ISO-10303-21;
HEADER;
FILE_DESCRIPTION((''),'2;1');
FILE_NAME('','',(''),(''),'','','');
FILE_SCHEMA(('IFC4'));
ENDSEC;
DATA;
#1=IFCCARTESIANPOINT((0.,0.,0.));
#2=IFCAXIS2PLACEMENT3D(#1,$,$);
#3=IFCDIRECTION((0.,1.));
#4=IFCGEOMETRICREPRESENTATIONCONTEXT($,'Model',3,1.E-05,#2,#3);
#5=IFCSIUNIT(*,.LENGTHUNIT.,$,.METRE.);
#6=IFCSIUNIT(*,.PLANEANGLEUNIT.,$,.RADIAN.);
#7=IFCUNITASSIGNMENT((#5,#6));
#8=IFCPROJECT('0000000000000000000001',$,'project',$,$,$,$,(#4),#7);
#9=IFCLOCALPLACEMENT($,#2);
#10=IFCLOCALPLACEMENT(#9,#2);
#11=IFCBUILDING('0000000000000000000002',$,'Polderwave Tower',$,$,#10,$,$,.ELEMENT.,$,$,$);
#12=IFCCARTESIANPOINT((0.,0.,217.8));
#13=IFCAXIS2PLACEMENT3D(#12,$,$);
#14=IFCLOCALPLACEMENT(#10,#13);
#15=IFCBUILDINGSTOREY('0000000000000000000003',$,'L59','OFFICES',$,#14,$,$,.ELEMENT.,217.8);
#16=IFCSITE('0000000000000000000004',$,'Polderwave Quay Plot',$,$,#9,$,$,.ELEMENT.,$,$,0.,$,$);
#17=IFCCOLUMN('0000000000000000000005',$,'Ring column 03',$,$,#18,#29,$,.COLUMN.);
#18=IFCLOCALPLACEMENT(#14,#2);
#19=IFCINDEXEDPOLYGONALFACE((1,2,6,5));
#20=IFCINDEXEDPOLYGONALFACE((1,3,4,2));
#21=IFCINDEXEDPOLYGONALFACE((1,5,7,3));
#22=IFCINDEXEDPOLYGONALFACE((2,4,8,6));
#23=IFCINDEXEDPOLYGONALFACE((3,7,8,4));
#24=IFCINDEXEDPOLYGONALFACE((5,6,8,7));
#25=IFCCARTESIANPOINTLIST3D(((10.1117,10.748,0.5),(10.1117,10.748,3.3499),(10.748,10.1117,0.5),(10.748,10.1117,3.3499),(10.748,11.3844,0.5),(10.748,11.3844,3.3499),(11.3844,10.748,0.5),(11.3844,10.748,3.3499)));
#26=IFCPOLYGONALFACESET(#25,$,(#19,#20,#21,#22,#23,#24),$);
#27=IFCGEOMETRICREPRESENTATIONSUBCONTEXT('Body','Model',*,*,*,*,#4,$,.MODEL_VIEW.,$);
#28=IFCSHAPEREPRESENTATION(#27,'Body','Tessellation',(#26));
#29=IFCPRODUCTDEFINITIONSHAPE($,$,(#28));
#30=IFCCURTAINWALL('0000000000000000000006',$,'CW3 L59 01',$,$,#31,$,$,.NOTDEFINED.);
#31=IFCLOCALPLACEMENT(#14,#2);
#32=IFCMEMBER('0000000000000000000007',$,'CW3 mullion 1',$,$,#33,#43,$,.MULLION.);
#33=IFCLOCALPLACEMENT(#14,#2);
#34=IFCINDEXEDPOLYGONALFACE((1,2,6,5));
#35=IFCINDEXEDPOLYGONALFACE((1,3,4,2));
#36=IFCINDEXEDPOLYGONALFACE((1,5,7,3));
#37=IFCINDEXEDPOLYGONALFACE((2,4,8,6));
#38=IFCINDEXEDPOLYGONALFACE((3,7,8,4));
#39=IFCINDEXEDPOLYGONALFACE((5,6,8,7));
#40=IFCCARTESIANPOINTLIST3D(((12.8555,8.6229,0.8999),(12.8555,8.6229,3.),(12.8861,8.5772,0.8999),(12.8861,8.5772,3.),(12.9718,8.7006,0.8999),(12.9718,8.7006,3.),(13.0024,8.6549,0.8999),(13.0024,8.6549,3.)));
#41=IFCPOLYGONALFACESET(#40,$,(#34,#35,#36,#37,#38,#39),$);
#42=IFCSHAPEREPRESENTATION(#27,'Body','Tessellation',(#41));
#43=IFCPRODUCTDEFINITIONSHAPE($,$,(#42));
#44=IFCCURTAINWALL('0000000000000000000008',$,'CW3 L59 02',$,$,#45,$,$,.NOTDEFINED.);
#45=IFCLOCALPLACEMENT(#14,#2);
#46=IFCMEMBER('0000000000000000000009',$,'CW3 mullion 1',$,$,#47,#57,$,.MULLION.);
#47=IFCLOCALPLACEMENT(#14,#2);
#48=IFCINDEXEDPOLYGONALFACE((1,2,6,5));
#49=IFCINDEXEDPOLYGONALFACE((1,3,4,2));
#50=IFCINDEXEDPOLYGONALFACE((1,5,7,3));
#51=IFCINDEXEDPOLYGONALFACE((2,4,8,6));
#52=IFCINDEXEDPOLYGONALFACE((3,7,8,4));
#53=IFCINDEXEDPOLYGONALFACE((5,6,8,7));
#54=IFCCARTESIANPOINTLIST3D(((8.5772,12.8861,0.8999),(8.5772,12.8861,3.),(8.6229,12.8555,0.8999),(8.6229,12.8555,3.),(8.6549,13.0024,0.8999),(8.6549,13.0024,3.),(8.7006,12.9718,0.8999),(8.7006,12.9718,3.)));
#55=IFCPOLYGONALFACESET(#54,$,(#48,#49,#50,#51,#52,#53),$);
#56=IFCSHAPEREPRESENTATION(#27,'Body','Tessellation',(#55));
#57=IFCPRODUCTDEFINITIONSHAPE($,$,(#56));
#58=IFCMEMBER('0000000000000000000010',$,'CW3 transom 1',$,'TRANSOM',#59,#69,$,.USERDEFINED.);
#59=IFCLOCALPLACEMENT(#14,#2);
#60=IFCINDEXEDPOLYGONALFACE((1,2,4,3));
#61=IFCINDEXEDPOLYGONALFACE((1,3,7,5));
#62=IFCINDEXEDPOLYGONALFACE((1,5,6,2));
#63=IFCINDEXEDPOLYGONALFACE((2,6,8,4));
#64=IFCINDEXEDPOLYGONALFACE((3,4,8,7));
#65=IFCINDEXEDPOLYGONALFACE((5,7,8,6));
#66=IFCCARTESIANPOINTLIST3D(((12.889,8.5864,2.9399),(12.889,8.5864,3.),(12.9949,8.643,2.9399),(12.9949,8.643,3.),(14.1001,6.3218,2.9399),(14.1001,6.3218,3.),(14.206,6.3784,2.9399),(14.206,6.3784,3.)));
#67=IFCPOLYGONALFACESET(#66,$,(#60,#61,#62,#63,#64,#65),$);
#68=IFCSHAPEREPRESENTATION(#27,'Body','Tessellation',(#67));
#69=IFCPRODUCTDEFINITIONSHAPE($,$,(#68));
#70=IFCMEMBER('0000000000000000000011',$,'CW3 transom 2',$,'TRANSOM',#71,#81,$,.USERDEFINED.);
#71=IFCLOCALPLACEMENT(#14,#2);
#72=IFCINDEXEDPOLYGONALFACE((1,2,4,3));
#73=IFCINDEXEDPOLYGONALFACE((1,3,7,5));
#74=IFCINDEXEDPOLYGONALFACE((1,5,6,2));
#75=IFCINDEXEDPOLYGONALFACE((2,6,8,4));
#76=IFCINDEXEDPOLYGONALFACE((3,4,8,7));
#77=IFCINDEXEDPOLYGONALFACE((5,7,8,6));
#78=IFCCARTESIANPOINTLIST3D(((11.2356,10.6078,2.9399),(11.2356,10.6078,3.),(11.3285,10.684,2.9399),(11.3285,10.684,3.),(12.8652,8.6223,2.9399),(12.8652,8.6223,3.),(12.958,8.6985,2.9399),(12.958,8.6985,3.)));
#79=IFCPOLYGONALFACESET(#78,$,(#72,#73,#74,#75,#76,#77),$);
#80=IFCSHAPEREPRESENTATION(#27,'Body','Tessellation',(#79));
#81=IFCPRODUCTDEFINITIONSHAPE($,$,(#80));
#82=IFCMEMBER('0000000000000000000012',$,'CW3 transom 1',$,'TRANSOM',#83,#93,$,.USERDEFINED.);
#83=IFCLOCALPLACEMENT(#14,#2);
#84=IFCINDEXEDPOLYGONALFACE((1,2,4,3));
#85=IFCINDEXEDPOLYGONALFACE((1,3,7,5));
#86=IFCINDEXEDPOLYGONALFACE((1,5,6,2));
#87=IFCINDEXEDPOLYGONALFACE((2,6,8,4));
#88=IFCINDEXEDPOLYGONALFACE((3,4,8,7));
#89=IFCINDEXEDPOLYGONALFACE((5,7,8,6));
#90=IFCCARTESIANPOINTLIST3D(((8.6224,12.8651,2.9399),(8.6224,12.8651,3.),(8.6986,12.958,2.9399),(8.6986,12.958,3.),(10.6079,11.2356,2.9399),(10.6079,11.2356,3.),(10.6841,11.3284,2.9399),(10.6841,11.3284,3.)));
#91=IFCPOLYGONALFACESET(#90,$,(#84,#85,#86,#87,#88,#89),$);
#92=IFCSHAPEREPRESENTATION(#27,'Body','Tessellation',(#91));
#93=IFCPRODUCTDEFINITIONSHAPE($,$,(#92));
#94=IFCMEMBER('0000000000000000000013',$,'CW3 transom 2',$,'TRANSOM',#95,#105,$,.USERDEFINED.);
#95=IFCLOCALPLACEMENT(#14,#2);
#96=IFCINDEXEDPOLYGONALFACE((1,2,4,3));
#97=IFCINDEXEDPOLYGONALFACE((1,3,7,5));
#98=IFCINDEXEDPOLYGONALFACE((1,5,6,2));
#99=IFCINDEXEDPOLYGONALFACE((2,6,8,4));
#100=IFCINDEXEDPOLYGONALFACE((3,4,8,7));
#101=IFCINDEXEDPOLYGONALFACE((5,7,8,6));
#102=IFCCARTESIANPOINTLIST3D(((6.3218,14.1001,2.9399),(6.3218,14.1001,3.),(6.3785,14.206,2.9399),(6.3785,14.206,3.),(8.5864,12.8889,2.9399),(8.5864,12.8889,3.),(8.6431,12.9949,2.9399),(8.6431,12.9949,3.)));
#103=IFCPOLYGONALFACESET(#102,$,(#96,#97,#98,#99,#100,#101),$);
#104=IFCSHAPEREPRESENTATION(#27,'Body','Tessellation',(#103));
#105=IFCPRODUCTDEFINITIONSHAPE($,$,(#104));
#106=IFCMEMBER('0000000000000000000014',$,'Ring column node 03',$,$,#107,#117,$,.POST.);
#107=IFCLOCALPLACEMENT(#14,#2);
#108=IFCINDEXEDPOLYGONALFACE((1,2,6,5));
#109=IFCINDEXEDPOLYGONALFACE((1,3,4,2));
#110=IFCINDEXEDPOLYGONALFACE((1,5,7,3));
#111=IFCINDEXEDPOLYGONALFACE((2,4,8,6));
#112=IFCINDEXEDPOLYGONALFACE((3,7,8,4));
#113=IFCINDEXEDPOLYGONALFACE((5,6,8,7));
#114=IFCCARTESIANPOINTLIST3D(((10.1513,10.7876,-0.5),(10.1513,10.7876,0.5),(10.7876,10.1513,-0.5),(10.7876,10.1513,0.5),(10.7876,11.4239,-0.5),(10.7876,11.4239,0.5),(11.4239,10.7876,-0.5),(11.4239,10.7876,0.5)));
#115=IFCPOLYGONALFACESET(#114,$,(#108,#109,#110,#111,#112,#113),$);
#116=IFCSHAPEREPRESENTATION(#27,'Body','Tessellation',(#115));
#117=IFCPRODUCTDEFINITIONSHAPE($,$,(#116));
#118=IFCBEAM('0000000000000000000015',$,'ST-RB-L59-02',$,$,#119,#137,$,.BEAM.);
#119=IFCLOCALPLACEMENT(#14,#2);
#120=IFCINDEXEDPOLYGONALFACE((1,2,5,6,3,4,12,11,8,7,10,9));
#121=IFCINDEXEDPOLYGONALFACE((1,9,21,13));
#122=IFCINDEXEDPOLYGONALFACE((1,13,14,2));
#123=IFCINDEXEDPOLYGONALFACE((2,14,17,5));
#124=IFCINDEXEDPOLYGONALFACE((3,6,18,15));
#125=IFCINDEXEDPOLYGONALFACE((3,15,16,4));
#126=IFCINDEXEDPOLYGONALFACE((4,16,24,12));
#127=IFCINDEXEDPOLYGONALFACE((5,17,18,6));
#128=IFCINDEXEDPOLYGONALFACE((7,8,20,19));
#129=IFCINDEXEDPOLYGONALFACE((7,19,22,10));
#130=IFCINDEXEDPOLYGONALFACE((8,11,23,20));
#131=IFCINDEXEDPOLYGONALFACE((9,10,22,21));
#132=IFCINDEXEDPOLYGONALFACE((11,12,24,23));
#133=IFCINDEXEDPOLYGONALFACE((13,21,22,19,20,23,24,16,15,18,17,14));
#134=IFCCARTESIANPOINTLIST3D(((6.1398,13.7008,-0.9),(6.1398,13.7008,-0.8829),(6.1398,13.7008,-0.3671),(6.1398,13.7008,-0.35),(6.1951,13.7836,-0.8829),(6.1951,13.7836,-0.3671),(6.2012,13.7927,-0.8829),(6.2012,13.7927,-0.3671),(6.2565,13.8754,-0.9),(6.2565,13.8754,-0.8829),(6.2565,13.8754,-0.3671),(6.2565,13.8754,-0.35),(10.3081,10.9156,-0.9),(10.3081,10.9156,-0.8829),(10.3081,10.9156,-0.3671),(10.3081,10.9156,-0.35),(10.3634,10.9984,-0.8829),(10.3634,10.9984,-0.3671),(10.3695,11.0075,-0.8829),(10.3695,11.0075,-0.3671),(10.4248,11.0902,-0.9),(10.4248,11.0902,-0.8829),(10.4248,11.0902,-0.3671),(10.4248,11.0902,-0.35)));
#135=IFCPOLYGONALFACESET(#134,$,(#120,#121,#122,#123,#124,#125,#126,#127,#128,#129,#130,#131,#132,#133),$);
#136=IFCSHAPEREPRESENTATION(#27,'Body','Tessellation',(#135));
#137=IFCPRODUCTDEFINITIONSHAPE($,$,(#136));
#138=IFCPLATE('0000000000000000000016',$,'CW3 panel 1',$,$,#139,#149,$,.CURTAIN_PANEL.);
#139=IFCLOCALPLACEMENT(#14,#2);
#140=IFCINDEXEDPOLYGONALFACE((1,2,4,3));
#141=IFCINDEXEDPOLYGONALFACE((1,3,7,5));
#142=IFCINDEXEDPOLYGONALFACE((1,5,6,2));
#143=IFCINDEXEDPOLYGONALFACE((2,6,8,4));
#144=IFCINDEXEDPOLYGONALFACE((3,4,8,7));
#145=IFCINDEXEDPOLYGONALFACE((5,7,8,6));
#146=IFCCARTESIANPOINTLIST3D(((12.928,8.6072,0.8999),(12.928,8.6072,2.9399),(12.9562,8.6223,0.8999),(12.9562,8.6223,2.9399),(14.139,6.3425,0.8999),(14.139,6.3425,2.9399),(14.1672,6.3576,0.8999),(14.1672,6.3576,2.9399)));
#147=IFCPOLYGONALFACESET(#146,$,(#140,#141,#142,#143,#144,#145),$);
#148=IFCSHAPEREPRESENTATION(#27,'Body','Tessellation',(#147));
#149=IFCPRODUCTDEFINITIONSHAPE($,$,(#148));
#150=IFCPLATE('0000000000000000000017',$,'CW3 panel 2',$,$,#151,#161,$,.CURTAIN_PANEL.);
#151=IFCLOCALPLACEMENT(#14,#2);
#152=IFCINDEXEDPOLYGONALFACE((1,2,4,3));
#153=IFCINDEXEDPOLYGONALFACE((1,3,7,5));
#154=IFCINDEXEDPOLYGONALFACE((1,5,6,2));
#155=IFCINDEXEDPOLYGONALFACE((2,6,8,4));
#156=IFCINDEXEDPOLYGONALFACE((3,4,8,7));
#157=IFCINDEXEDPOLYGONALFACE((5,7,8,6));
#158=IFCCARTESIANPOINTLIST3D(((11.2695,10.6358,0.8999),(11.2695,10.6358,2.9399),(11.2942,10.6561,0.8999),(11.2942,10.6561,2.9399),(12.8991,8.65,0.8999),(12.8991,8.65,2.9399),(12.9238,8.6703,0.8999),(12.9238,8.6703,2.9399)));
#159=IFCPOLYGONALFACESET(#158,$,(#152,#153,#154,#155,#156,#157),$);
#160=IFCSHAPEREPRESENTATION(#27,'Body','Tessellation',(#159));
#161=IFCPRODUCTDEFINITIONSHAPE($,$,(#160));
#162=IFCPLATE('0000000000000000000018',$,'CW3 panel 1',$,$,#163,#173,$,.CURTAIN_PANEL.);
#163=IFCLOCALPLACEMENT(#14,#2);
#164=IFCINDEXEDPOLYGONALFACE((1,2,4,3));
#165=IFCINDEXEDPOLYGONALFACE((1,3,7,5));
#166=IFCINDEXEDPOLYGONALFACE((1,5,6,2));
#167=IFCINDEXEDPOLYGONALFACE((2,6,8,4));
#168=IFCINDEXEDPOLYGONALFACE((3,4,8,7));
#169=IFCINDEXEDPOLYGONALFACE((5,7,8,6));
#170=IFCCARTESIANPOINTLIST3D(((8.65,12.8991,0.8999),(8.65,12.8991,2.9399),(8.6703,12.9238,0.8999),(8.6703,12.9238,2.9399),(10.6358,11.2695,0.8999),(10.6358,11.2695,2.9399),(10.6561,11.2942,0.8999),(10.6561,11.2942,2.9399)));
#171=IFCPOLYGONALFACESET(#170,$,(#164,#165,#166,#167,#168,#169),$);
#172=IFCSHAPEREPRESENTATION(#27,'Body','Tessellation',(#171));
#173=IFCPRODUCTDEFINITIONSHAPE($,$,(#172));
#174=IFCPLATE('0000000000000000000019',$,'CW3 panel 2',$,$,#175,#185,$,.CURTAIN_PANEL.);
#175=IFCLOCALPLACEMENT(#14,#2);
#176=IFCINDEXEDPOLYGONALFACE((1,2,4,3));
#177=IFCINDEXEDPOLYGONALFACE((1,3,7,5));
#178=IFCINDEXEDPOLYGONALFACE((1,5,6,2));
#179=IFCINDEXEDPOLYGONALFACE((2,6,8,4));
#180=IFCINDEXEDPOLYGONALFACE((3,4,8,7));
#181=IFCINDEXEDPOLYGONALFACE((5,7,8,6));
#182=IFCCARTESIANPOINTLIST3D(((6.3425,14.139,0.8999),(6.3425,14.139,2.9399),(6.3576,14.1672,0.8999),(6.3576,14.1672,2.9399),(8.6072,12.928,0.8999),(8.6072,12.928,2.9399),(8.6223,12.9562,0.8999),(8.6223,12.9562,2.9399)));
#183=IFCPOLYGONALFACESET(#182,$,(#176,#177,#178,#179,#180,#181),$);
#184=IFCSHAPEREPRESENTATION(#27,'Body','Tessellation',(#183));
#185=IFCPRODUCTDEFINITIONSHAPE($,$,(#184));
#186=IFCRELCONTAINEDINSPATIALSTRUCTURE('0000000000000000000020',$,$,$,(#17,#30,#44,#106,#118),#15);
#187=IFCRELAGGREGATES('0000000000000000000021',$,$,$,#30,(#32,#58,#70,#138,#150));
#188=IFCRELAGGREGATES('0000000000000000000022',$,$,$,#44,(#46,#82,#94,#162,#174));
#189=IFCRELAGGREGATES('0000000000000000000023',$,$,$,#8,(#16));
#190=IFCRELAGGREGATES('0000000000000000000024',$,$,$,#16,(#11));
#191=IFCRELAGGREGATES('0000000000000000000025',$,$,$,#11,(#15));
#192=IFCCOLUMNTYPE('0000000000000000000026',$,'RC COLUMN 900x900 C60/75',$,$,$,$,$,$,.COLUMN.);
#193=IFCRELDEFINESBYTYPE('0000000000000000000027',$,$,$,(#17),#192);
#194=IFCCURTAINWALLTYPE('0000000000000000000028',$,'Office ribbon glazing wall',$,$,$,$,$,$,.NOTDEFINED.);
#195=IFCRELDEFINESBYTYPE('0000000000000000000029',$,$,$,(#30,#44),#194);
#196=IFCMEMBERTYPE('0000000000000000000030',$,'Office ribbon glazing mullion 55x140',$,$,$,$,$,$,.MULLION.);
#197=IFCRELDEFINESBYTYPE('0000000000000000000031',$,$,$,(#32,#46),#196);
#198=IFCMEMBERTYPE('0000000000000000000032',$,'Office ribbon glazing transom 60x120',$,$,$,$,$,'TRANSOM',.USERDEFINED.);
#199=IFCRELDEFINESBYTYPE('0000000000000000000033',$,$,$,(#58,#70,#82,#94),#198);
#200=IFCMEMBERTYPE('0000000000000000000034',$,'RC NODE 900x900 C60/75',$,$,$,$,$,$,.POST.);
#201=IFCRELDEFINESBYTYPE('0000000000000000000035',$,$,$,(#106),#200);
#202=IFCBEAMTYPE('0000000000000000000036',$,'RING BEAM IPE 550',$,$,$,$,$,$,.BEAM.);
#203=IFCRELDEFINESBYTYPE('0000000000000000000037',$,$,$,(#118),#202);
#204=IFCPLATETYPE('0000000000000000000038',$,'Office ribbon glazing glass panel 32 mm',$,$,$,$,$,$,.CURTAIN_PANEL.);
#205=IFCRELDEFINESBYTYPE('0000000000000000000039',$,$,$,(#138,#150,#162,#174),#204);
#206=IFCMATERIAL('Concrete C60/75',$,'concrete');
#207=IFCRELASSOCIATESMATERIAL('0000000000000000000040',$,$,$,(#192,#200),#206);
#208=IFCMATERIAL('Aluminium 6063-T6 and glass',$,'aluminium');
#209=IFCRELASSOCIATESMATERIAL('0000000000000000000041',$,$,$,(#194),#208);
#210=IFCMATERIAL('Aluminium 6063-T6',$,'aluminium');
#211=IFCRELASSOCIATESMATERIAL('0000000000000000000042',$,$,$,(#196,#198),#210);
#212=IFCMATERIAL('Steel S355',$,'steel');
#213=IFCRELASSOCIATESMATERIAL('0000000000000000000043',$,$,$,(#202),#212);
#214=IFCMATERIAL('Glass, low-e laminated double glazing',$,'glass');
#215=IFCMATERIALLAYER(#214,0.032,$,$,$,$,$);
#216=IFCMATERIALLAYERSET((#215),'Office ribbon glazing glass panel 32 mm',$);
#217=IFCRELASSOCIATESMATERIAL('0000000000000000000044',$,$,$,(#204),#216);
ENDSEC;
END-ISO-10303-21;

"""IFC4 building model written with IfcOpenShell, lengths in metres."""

from ifc_helpers import new_model, si_unit, direction, frame, origin, origin_2d, place, context, subcontext, project, spatial, rectangle, i_section, extrude, material, layer, layer_set, material_profile, profile_set, type_object, element, aggregate, save


model = new_model("IFC4")

# Units and contexts
model_context = context("Model", 3, precision=1e-05, world=origin(), true_north=direction((0.0, 1.0)))
body_context = subcontext(model_context, "Body", "Model", "MODEL_VIEW")
ifc_project = project(units=[si_unit("LENGTHUNIT", "METRE"), si_unit("PLANEANGLEUNIT", "RADIAN")], contexts=[model_context])

# Site, building, storey
site_placement = place(None, origin())
site = spatial("IfcSite", under=ifc_project, at=site_placement, Name="Polderwave Quay Plot", CompositionType="ELEMENT", RefElevation=0.0)
building_placement = place(site_placement, origin())
building = spatial("IfcBuilding", under=site, at=building_placement, Name="Polderwave Tower", CompositionType="ELEMENT")
storey_placement = place(building_placement, frame((0.0, 0.0, 217.8)))
storey = spatial("IfcBuildingStorey", under=building, at=storey_placement, Name="L59", Description="OFFICES", CompositionType="ELEMENT", Elevation=217.8)

# Column
ifc_material_1 = material(Name="Concrete C60/75", Category="concrete")
ifc_material_profile_1 = material_profile(ifc_material_1, rectangle(XDim=0.8999, YDim=0.8999, at=origin_2d()), Name="RC 900x900")
ifc_profile_set_1 = profile_set([ifc_material_profile_1], Name="Concrete C60/75")
column_type = type_object("IfcColumnType", Name="RC COLUMN 900x900 C60/75", PredefinedType="COLUMN", material=ifc_profile_set_1)
column_placement = place(storey_placement, frame((10.748, 10.748, 0.5), z_axis=(0.0, 0.0, 1.0), x_axis=(0.707107, 0.707107, 0.0)))
element("IfcColumn", 1, at=column_placement, inside=storey, type_object=column_type, Name="Ring column 03", PredefinedType="COLUMN", context=body_context, shape_type="SweptSolid", body=[
    extrude(rectangle(XDim=0.8999, YDim=0.8999, at=origin_2d()), origin(), (0.0, 0.0, 1.0), 2.8499),
])

# Curtain walls, members
ifc_material_2 = material(Name="Aluminium 6063-T6 and glass", Category="aluminium")
curtain_wall_type = type_object("IfcCurtainWallType", Name="Office ribbon glazing wall", PredefinedType="NOTDEFINED", material=ifc_material_2)
curtain_wall_1_placement = place(storey_placement, origin())
curtain_wall_1 = element("IfcCurtainWall", 2, at=curtain_wall_1_placement, inside=storey, type_object=curtain_wall_type, Name="CW3 L59 01", PredefinedType="NOTDEFINED")
ifc_material_3 = material(Name="Aluminium 6063-T6", Category="aluminium")
ifc_material_profile_2 = material_profile(ifc_material_3, rectangle(XDim=0.1399, YDim=0.0549, at=origin_2d()), Name="AL 55x140")
ifc_profile_set_2 = profile_set([ifc_material_profile_2], Name="Aluminium 6063-T6")
member_type_1 = type_object("IfcMemberType", Name="Office ribbon glazing mullion 55x140", PredefinedType="MULLION", material=ifc_profile_set_2)
member_1_placement = place(storey_placement, frame((12.929, 8.6389, 0.8999), z_axis=(0.0, 0.0, 1.0), x_axis=(-0.831431, -0.555628, 0.0)))
member_1 = element("IfcMember", 3, at=member_1_placement, type_object=member_type_1, Name="CW3 mullion 1", PredefinedType="MULLION", context=body_context, shape_type="SweptSolid", body=[
    extrude(rectangle(XDim=0.1399, YDim=0.0549, at=origin_2d()), origin(), (0.0, 0.0, 1.0), 2.1001),
])
curtain_wall_2_placement = place(storey_placement, origin())
curtain_wall_2 = element("IfcCurtainWall", 4, at=curtain_wall_2_placement, inside=storey, type_object=curtain_wall_type, Name="CW3 L59 02", PredefinedType="NOTDEFINED")
member_2_placement = place(storey_placement, frame((8.6389, 12.929, 0.8999), z_axis=(0.0, 0.0, 1.0), x_axis=(-0.555628, -0.831431, 0.0)))
member_2 = element("IfcMember", 5, at=member_2_placement, type_object=member_type_1, Name="CW3 mullion 1", PredefinedType="MULLION", context=body_context, shape_type="SweptSolid", body=[
    extrude(rectangle(XDim=0.1399, YDim=0.0549, at=origin_2d()), origin(), (0.0, 0.0, 1.0), 2.1001),
])

# Members
ifc_material_profile_3 = material_profile(ifc_material_3, rectangle(XDim=0.1201, YDim=0.0601, at=origin_2d()), Name="AL 60x120")
ifc_profile_set_3 = profile_set([ifc_material_profile_3], Name="Aluminium 6063-T6")
member_type_2 = type_object("IfcMemberType", Name="Office ribbon glazing transom 60x120", ElementType="TRANSOM", PredefinedType="USERDEFINED", material=ifc_profile_set_3)
member_3_placement = place(storey_placement, frame((14.1531, 6.3501, 2.97), z_axis=(-0.471609, 0.881808, 0.0), x_axis=(-0.881808, -0.471609, 0.0)))
member_3 = element("IfcMember", 6, at=member_3_placement, type_object=member_type_2, Name="CW3 transom 1", ObjectType="TRANSOM", PredefinedType="USERDEFINED", context=body_context, shape_type="SweptSolid", body=[
    extrude(rectangle(XDim=0.1201, YDim=0.0601, at=origin_2d()), origin(), (0.0, 0.0, 1.0), 2.5681),
])
member_4_placement = place(storey_placement, frame((12.9116, 8.6604, 2.97), z_axis=(-0.634417, 0.772991, 0.0), x_axis=(-0.772991, -0.634417, 0.0)))
member_4 = element("IfcMember", 7, at=member_4_placement, type_object=member_type_2, Name="CW3 transom 2", ObjectType="TRANSOM", PredefinedType="USERDEFINED", context=body_context, shape_type="SweptSolid", body=[
    extrude(rectangle(XDim=0.1201, YDim=0.0601, at=origin_2d()), origin(), (0.0, 0.0, 1.0), 2.5686),
])
member_5_placement = place(storey_placement, frame((10.646, 11.282, 2.97), z_axis=(-0.772991, 0.634417, 0.0), x_axis=(-0.634417, -0.772991, 0.0)))
member_5 = element("IfcMember", 8, at=member_5_placement, type_object=member_type_2, Name="CW3 transom 1", ObjectType="TRANSOM", PredefinedType="USERDEFINED", context=body_context, shape_type="SweptSolid", body=[
    extrude(rectangle(XDim=0.1201, YDim=0.0601, at=origin_2d()), origin(), (0.0, 0.0, 1.0), 2.5686),
])
member_6_placement = place(storey_placement, frame((8.6147, 12.9419, 2.97), z_axis=(-0.881808, 0.471609, 0.0), x_axis=(-0.471609, -0.881808, 0.0)))
member_6 = element("IfcMember", 9, at=member_6_placement, type_object=member_type_2, Name="CW3 transom 2", ObjectType="TRANSOM", PredefinedType="USERDEFINED", context=body_context, shape_type="SweptSolid", body=[
    extrude(rectangle(XDim=0.1201, YDim=0.0601, at=origin_2d()), origin(), (0.0, 0.0, 1.0), 2.5681),
])
ifc_material_profile_4 = material_profile(ifc_material_1, rectangle(XDim=0.8999, YDim=0.8999, at=origin_2d()), Name="RC 900x900")
ifc_profile_set_4 = profile_set([ifc_material_profile_4], Name="Concrete C60/75")
member_type_3 = type_object("IfcMemberType", Name="RC NODE 900x900 C60/75", PredefinedType="POST", material=ifc_profile_set_4)
member_7_placement = place(storey_placement, frame((10.7876, 10.7876, -0.5), z_axis=(0.0, 0.0, 1.0), x_axis=(0.707107, 0.707107, 0.0)))
element("IfcMember", 10, at=member_7_placement, inside=storey, type_object=member_type_3, Name="Ring column node 03", PredefinedType="POST", context=body_context, shape_type="SweptSolid", body=[
    extrude(rectangle(XDim=0.8999, YDim=0.8999, at=origin_2d()), origin(), (0.0, 0.0, 1.0), 1.0),
])

# Beam
ifc_material_4 = material(Name="Steel S355", Category="steel")
ifc_material_profile_5 = material_profile(ifc_material_4, i_section(OverallWidth=0.21, OverallDepth=0.55, WebThickness=0.011, FlangeThickness=0.0171, at=origin_2d()), Name="IPE 550")
ifc_profile_set_5 = profile_set([ifc_material_profile_5], Name="Steel S355")
beam_type = type_object("IfcBeamType", Name="RING BEAM IPE 550", PredefinedType="BEAM", material=ifc_profile_set_5)
beam_placement = place(storey_placement, frame((10.3665, 11.0029, -0.625), z_axis=(-0.831465, 0.555576, 0.0), x_axis=(-0.555576, -0.831465, 0.0)))
element("IfcBeam", 11, at=beam_placement, inside=storey, type_object=beam_type, Name="ST-RB-L59-02", PredefinedType="BEAM", context=body_context, shape_type="SweptSolid", body=[
    extrude(i_section(OverallWidth=0.21, OverallDepth=0.55, WebThickness=0.011, FlangeThickness=0.0171, at=origin_2d()), origin(), (0.0, 0.0, 1.0), 5.0132),
])

# Plates
ifc_material_5 = material(Name="Glass, low-e laminated double glazing", Category="glass")
ifc_layer_1 = layer(ifc_material_5, 0.032)
ifc_layer_set_1 = layer_set([ifc_layer_1], Name="Office ribbon glazing glass panel 32 mm")
plate_type = type_object("IfcPlateType", Name="Office ribbon glazing glass panel 32 mm", PredefinedType="CURTAIN_PANEL", material=ifc_layer_set_1)
plate_1_placement = place(storey_placement, frame((13.5476, 7.4824, 0.8999), z_axis=(0.0, 0.0, 1.0), x_axis=(-0.471548, 0.881841, 0.0)))
plate_1 = element("IfcPlate", 12, at=plate_1_placement, type_object=plate_type, Name="CW3 panel 1", PredefinedType="CURTAIN_PANEL", context=body_context, shape_type="SweptSolid", body=[
    extrude(rectangle(XDim=2.5681, YDim=0.032, at=origin_2d()), origin(), (0.0, 0.0, 1.0), 2.04),
])
plate_2_placement = place(storey_placement, frame((12.0967, 9.6531, 0.8999), z_axis=(0.0, 0.0, 1.0), x_axis=(-0.63437, 0.773029, 0.0)))
plate_2 = element("IfcPlate", 13, at=plate_2_placement, type_object=plate_type, Name="CW3 panel 2", PredefinedType="CURTAIN_PANEL", context=body_context, shape_type="SweptSolid", body=[
    extrude(rectangle(XDim=2.5688, YDim=0.032, at=origin_2d()), origin(), (0.0, 0.0, 1.0), 2.04),
])
aggregate(curtain_wall_1, [member_1, member_3, member_4, plate_1, plate_2])
plate_3_placement = place(storey_placement, frame((9.6531, 12.0967, 0.8999), z_axis=(0.0, 0.0, 1.0), x_axis=(-0.773029, 0.63437, 0.0)))
plate_3 = element("IfcPlate", 14, at=plate_3_placement, type_object=plate_type, Name="CW3 panel 1", PredefinedType="CURTAIN_PANEL", context=body_context, shape_type="SweptSolid", body=[
    extrude(rectangle(XDim=2.5688, YDim=0.032, at=origin_2d()), origin(), (0.0, 0.0, 1.0), 2.04),
])
plate_4_placement = place(storey_placement, frame((7.4824, 13.5476, 0.8999), z_axis=(0.0, 0.0, 1.0), x_axis=(-0.881841, 0.471548, 0.0)))
plate_4 = element("IfcPlate", 15, at=plate_4_placement, type_object=plate_type, Name="CW3 panel 2", PredefinedType="CURTAIN_PANEL", context=body_context, shape_type="SweptSolid", body=[
    extrude(rectangle(XDim=2.5681, YDim=0.032, at=origin_2d()), origin(), (0.0, 0.0, 1.0), 2.04),
])
aggregate(curtain_wall_2, [member_2, member_5, member_6, plate_3, plate_4])

save(model, "model.ifc")
